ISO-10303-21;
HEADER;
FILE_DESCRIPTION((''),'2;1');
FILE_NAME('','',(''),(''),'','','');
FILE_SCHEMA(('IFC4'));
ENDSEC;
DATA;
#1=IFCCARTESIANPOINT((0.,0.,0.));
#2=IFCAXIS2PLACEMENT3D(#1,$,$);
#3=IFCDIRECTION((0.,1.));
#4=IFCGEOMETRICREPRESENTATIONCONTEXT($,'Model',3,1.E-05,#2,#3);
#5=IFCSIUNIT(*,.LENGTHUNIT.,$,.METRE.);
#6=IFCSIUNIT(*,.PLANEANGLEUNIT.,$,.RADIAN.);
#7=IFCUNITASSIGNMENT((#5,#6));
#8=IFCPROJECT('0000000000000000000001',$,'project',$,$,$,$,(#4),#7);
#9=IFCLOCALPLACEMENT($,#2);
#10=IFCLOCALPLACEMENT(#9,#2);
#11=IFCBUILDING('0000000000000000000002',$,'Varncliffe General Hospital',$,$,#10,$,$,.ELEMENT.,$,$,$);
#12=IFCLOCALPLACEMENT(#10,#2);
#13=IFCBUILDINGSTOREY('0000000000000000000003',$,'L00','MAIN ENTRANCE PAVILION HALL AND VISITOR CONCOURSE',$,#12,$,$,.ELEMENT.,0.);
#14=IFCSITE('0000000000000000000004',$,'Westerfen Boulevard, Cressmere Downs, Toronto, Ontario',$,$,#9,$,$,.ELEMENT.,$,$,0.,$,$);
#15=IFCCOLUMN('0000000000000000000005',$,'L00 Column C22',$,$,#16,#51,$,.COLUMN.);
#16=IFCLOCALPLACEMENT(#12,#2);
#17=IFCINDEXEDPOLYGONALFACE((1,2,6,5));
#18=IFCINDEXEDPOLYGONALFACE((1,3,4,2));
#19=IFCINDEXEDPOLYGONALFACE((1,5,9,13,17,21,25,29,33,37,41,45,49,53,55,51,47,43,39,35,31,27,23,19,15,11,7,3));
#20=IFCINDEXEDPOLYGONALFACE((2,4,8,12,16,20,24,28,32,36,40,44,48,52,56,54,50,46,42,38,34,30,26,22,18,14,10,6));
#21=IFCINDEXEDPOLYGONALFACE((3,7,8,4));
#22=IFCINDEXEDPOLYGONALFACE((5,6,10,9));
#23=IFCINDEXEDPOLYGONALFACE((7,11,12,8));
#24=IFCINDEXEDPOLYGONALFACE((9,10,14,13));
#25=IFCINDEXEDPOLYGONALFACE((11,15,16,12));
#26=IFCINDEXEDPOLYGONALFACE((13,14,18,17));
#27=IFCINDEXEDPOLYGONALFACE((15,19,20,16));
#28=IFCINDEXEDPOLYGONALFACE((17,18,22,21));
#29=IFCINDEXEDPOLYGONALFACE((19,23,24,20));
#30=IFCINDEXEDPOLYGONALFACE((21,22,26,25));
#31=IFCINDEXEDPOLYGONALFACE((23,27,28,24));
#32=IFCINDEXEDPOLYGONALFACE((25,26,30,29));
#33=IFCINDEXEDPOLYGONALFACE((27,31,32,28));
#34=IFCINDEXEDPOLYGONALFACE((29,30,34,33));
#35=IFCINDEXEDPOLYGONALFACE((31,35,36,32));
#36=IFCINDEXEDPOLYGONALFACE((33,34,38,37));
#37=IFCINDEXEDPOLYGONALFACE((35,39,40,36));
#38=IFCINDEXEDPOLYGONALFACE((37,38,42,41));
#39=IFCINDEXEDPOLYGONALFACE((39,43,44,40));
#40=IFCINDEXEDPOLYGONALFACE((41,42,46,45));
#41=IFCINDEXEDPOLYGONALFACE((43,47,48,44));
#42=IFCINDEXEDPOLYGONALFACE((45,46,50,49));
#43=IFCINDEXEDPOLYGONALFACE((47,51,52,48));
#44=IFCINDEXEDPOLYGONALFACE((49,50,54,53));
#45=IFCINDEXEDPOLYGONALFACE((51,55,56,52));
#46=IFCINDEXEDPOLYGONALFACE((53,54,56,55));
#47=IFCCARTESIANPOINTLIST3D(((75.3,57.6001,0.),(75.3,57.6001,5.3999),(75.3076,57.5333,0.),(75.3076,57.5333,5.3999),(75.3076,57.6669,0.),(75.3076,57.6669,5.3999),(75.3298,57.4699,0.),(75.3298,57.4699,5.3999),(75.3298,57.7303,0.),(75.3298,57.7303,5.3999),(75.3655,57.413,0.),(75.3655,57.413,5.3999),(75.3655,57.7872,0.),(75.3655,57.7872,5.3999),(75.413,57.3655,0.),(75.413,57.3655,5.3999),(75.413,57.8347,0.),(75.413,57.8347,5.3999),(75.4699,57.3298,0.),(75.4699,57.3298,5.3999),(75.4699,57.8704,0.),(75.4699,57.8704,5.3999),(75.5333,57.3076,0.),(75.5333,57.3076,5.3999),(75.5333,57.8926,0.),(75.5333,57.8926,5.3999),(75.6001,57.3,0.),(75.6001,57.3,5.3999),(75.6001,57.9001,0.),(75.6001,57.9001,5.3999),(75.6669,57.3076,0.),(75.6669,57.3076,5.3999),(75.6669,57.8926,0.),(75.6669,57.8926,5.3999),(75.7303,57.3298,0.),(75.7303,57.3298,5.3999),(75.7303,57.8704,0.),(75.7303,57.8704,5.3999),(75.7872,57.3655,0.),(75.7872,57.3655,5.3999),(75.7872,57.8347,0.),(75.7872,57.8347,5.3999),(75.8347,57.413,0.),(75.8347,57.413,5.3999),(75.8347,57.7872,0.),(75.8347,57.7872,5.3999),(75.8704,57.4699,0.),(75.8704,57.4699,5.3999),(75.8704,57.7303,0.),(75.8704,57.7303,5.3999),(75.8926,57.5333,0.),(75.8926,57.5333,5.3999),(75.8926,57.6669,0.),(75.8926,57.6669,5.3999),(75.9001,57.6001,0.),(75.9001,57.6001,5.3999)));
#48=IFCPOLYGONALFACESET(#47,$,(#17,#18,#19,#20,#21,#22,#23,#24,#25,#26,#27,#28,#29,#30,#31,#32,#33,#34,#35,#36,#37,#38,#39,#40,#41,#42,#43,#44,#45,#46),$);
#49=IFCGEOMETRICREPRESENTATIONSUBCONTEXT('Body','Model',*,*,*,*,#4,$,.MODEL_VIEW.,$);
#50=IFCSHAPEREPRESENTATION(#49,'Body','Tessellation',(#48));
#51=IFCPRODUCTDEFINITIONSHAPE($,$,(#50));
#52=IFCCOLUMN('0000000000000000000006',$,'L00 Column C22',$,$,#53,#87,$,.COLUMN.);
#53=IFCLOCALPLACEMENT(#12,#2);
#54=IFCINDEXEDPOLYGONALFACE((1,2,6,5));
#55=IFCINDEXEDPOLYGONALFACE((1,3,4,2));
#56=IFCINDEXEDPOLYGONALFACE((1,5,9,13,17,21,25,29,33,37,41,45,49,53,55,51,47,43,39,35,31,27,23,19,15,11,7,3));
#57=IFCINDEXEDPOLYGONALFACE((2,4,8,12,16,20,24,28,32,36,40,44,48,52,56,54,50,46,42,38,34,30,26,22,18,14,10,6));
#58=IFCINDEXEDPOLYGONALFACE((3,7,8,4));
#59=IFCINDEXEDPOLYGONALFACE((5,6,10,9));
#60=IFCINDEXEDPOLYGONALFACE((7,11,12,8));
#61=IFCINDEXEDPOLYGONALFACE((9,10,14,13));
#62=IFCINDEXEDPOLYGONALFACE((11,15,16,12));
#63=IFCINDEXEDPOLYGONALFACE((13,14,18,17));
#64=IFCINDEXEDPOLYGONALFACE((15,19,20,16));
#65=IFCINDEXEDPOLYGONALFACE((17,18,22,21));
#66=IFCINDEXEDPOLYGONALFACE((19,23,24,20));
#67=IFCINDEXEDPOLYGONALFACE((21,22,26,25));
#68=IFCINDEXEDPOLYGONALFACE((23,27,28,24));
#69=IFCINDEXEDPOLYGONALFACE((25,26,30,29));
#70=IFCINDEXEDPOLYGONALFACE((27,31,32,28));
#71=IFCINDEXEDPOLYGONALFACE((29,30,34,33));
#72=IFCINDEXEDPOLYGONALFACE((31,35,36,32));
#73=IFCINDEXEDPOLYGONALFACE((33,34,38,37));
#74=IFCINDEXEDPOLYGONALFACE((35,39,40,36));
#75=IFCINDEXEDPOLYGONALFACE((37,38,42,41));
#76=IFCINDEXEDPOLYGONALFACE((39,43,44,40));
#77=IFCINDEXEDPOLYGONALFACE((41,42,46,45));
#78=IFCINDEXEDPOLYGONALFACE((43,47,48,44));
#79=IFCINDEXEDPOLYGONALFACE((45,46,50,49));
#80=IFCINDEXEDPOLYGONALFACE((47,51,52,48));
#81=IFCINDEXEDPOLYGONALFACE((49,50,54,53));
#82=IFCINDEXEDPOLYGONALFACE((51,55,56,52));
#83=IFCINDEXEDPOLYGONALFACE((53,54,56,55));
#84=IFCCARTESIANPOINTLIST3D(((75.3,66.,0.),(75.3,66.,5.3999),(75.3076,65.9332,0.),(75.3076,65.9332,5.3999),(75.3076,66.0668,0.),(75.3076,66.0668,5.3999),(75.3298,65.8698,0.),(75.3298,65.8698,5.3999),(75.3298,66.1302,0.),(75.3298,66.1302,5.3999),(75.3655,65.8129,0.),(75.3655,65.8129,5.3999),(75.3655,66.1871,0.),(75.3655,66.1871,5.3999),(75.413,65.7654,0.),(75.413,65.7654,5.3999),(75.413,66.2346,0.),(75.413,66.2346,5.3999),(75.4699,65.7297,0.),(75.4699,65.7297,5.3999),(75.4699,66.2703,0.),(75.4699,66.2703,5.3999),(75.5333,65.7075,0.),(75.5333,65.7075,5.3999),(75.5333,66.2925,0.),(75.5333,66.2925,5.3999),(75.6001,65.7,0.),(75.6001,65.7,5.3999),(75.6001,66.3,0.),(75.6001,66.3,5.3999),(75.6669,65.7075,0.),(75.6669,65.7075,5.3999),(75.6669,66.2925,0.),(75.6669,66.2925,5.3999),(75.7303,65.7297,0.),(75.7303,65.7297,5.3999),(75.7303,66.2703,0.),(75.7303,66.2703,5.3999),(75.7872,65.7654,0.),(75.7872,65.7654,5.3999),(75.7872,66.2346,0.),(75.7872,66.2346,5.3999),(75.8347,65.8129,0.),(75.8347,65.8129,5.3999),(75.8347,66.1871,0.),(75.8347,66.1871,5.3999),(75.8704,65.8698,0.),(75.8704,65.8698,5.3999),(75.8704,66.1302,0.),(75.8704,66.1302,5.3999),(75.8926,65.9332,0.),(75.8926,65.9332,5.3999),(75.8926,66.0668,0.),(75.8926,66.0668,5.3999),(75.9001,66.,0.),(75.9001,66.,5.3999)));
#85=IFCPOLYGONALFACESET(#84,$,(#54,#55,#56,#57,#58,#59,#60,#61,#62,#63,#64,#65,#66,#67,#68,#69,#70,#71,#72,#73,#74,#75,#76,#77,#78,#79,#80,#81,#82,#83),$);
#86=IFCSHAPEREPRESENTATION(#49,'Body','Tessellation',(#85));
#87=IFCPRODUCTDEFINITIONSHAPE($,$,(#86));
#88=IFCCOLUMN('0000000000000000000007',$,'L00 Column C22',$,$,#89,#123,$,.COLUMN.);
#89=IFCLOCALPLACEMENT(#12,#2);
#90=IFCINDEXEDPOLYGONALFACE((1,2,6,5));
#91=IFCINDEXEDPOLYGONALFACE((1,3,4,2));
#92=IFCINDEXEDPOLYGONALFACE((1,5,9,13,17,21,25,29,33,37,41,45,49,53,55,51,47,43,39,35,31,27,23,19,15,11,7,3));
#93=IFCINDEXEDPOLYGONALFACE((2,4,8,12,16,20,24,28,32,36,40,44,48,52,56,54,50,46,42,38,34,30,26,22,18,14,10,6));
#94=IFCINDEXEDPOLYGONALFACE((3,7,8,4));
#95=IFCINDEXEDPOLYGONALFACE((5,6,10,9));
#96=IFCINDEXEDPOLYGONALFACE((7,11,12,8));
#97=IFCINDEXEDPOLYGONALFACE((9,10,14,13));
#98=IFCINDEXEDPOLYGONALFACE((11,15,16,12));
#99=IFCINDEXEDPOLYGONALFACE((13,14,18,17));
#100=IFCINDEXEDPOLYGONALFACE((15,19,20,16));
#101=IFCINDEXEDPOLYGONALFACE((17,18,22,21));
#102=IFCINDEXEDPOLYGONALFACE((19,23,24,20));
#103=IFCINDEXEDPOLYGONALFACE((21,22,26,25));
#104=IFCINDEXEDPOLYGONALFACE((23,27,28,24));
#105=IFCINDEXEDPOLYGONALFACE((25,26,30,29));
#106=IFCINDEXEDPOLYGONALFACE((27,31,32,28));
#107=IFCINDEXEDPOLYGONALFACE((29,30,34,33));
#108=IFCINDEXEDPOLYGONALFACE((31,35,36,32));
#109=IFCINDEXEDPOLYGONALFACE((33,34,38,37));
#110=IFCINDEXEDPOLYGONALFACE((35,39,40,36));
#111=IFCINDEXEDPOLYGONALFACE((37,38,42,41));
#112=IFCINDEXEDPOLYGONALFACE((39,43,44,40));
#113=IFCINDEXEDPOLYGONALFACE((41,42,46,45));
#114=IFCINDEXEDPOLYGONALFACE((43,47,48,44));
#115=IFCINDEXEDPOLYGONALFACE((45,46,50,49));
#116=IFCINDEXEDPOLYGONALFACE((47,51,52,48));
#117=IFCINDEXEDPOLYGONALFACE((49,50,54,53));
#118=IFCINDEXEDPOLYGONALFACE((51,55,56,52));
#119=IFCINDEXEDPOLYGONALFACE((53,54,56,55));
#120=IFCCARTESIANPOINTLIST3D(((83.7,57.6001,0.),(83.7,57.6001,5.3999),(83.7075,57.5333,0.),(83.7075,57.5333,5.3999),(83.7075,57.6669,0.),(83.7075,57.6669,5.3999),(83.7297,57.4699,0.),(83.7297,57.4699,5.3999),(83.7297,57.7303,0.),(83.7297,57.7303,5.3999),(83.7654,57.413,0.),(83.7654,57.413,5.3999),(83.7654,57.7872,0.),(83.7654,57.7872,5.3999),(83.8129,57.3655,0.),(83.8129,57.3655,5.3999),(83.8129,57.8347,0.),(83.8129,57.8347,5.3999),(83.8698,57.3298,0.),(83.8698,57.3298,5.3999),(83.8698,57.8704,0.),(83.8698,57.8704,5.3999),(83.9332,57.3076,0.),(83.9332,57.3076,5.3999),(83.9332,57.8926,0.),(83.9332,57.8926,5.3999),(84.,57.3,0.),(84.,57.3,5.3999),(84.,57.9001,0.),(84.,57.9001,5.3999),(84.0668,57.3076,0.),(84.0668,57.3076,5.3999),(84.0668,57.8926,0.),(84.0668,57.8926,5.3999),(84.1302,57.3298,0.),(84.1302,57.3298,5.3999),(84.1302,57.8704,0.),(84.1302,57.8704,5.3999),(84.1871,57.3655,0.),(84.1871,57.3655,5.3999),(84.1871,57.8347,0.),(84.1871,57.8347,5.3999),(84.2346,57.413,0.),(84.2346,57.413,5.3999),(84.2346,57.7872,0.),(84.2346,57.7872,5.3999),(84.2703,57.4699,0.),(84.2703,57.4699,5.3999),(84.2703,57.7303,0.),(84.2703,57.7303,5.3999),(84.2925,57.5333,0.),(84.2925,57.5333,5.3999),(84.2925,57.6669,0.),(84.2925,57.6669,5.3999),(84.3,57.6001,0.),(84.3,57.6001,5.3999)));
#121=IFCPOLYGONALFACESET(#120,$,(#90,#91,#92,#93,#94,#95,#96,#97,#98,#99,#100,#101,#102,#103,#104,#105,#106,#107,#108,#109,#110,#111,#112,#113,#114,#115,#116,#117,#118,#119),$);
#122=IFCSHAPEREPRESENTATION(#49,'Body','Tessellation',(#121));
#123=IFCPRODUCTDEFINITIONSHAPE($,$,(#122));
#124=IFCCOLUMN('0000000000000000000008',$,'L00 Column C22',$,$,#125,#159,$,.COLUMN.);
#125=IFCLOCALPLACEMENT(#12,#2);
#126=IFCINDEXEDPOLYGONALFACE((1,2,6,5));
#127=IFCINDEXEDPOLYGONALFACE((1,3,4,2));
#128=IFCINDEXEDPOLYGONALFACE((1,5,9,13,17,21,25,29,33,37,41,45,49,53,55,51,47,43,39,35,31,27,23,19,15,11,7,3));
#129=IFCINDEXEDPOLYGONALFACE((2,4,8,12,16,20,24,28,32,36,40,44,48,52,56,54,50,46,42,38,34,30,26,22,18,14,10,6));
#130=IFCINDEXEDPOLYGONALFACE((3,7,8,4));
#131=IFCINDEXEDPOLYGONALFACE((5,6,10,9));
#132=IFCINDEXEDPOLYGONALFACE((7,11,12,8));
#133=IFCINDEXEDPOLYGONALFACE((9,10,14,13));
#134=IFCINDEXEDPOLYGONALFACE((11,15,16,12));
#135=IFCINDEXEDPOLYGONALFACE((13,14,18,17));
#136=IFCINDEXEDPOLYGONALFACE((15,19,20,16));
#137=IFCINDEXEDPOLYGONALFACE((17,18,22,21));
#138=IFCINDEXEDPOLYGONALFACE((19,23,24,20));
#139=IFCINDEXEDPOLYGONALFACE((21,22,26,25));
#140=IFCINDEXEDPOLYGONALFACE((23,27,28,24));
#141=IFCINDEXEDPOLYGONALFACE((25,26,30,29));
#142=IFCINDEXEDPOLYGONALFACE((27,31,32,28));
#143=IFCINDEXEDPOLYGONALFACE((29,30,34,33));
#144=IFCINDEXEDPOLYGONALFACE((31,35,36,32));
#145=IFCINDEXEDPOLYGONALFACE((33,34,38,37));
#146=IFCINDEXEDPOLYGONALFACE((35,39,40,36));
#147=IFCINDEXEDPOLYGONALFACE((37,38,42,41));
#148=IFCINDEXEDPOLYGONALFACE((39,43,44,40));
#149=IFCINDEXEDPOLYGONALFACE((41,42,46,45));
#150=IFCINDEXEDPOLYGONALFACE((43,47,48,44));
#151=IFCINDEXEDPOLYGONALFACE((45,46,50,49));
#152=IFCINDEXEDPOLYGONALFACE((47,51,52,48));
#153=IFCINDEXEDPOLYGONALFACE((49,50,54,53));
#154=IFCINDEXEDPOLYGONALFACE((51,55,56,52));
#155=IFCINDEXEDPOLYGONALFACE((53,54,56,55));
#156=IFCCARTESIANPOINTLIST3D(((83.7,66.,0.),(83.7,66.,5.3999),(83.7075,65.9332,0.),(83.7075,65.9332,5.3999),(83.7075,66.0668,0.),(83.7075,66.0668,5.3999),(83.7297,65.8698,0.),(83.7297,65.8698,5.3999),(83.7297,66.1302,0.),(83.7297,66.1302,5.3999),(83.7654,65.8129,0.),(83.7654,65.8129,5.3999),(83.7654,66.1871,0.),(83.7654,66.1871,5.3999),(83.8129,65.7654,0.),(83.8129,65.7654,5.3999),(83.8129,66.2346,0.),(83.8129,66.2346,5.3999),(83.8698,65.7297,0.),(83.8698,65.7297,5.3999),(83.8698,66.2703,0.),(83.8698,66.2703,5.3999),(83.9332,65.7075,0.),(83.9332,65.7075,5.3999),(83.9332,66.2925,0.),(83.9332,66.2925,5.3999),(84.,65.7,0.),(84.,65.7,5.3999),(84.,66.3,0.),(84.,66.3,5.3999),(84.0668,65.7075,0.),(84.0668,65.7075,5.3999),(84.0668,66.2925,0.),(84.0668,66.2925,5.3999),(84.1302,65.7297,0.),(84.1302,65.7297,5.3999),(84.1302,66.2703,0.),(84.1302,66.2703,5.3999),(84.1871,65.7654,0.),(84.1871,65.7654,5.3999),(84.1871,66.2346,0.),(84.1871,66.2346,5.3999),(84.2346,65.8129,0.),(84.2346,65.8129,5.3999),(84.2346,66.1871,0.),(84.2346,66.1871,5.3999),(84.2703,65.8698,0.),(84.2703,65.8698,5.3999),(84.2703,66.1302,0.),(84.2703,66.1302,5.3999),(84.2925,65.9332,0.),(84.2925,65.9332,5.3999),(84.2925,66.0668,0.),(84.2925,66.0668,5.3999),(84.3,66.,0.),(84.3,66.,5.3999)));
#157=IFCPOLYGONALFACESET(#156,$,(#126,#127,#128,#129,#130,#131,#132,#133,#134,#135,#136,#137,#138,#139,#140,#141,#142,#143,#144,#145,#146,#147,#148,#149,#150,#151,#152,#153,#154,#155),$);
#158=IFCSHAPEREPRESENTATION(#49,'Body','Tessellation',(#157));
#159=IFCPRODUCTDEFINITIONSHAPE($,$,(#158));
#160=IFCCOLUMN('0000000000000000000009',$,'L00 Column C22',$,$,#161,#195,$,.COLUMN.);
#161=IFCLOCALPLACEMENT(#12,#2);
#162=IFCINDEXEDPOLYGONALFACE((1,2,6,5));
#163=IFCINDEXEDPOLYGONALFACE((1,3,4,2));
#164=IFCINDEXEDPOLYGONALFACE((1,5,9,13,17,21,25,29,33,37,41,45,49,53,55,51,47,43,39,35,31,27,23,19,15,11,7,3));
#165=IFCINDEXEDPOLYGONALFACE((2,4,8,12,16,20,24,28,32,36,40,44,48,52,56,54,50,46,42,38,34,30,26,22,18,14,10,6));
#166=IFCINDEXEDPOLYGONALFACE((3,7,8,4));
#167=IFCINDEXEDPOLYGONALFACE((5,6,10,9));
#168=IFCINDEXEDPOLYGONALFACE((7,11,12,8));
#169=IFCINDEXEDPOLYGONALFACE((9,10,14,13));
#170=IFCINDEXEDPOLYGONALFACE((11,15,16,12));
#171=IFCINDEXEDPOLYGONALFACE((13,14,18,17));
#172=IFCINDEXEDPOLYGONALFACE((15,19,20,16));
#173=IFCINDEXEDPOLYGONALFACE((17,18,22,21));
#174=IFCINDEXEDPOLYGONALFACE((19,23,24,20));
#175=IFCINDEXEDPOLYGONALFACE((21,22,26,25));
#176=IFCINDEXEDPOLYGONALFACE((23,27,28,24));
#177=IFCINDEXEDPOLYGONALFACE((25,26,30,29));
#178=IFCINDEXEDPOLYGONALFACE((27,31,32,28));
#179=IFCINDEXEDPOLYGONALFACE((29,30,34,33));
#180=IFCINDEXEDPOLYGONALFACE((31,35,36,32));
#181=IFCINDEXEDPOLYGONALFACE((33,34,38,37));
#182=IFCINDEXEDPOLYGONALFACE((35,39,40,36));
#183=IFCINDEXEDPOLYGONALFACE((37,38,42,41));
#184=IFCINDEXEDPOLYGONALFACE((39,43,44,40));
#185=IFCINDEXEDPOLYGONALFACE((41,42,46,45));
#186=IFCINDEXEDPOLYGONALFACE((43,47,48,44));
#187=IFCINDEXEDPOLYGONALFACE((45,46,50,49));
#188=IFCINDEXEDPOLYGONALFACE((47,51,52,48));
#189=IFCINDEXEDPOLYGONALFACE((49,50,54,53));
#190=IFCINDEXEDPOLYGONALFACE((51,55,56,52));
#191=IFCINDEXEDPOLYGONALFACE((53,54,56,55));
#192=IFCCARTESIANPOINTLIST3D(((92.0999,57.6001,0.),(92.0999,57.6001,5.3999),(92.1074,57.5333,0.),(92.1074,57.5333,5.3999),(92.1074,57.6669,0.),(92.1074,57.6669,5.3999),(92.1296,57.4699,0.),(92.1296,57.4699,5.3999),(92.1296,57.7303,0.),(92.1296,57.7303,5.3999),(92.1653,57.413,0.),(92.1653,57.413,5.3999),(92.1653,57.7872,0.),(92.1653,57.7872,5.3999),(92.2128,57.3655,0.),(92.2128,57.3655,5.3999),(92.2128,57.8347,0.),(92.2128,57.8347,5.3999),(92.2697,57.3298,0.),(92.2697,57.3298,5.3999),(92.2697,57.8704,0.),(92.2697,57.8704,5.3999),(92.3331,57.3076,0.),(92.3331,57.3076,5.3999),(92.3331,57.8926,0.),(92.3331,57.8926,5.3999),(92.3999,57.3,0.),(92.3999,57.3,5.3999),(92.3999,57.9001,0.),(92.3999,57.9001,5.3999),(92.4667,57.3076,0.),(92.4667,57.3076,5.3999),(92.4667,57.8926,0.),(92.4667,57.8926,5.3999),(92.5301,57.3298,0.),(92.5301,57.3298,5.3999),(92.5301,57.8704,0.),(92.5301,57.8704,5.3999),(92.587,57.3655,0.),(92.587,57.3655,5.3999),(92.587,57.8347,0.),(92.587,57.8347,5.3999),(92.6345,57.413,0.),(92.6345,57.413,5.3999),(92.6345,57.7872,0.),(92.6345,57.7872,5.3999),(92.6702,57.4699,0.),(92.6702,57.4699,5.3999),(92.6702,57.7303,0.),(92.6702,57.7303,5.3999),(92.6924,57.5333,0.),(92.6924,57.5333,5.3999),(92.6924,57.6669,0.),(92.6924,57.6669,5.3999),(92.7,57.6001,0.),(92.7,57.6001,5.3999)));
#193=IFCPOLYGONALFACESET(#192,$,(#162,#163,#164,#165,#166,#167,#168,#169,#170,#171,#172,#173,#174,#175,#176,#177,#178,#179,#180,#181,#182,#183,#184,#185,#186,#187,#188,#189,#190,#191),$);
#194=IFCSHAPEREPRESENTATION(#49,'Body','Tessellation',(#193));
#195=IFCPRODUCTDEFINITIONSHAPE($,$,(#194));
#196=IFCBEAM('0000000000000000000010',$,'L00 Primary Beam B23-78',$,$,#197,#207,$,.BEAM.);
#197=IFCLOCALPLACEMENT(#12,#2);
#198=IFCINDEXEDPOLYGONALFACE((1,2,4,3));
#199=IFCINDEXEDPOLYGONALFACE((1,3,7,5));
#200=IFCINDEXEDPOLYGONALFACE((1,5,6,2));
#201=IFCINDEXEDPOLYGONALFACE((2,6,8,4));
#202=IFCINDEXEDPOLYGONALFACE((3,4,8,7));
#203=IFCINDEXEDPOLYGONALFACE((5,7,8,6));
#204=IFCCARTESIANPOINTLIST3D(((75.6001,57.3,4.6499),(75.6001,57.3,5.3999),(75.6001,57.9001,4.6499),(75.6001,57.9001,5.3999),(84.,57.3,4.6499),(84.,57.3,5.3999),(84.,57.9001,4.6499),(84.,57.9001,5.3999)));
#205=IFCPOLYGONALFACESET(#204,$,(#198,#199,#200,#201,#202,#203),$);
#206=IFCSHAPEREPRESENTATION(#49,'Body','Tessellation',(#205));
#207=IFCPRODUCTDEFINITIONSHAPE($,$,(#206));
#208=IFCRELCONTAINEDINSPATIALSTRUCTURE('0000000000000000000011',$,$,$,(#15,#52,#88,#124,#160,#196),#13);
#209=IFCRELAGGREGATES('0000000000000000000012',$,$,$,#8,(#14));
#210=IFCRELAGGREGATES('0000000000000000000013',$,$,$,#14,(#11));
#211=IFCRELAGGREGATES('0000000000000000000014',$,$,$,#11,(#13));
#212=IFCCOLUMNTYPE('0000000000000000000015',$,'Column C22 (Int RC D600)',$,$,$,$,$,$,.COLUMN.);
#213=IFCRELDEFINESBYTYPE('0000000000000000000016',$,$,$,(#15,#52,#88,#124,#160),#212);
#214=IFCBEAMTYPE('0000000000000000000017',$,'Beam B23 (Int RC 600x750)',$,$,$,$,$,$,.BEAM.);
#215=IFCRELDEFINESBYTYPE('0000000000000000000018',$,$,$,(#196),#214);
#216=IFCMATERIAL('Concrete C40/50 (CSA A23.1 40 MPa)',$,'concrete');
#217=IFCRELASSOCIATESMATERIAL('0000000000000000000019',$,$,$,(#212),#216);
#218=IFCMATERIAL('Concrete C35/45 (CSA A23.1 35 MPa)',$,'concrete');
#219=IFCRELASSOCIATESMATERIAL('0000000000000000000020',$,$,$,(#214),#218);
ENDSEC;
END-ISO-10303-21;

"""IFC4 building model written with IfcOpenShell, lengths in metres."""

from ifc_helpers import new_model, si_unit, direction, frame, origin, origin_2d, place, context, subcontext, project, spatial, rectangle, circle, extrude, material, material_profile, profile_set, type_object, element, save


model = new_model("IFC4")

# Units and contexts
model_context = context("Model", 3, precision=1e-05, world=origin(), true_north=direction((0.0, 1.0)))
body_context = subcontext(model_context, "Body", "Model", "MODEL_VIEW")
ifc_project = project(units=[si_unit("LENGTHUNIT", "METRE"), si_unit("PLANEANGLEUNIT", "RADIAN")], contexts=[model_context])

# Site, building, storey
site_placement = place(None, origin())
site = spatial("IfcSite", under=ifc_project, at=site_placement, Name="Westerfen Boulevard, Cressmere Downs, Toronto, Ontario", CompositionType="ELEMENT", RefElevation=0.0)
building_placement = place(site_placement, origin())
building = spatial("IfcBuilding", under=site, at=building_placement, Name="Varncliffe General Hospital", CompositionType="ELEMENT")
storey_placement = place(building_placement, origin())
storey = spatial("IfcBuildingStorey", under=building, at=storey_placement, Name="L00", Description="MAIN ENTRANCE PAVILION HALL AND VISITOR CONCOURSE", CompositionType="ELEMENT", Elevation=0.0)

# Columns
ifc_material_1 = material(Name="Concrete C40/50 (CSA A23.1 40 MPa)", Category="concrete")
ifc_material_profile_1 = material_profile(ifc_material_1, circle(Radius=0.3, at=origin_2d()), Name="RC D600")
ifc_profile_set_1 = profile_set([ifc_material_profile_1], Name="Concrete C40/50 (CSA A23.1 40 MPa)")
column_type = type_object("IfcColumnType", Name="Column C22 (Int RC D600)", PredefinedType="COLUMN", material=ifc_profile_set_1)
for number, where, z_axis, x_axis, name in (
    (1, (75.6001, 57.6001, 0.0), (0.0, 0.0, 1.0), (1.0, 0.0, 0.0), "L00 Column C22"),
    (2, (75.6001, 66.0, 0.0), (0.0, 0.0, 1.0), (1.0, 0.0, 0.0), "L00 Column C22"),
    (3, (84.0, 57.6001, 0.0), (0.0, 0.0, 1.0), (1.0, 0.0, 0.0), "L00 Column C22"),
    (4, (84.0, 66.0, 0.0), (0.0, 0.0, 1.0), (1.0, 0.0, 0.0), "L00 Column C22"),
    (5, (92.3999, 57.6001, 0.0), (0.0, 0.0, 1.0), (1.0, 0.0, 0.0), "L00 Column C22"),
):
    element("IfcColumn", number, at=place(storey_placement, frame(where, z_axis=z_axis, x_axis=x_axis)), inside=storey, type_object=column_type, Name=name, PredefinedType="COLUMN", context=body_context, shape_type="SweptSolid", body=[
        extrude(circle(Radius=0.3, at=origin_2d()), origin(), (0.0, 0.0, 1.0), 5.3999),
    ])

# Beam
ifc_material_2 = material(Name="Concrete C35/45 (CSA A23.1 35 MPa)", Category="concrete")
ifc_material_profile_2 = material_profile(ifc_material_2, rectangle(XDim=0.6001, YDim=0.75, at=origin_2d()), Name="RC 600x750")
ifc_profile_set_2 = profile_set([ifc_material_profile_2], Name="Concrete C35/45 (CSA A23.1 35 MPa)")
beam_type_1 = type_object("IfcBeamType", Name="Beam B23 (Int RC 600x750)", PredefinedType="BEAM", material=ifc_profile_set_2)
for number, where, z_axis, x_axis, name in (
    (6, (75.6001, 57.6001, 5.0249), (1.0, 0.0, 0.0), (0.0, 1.0, 0.0), "L00 Primary Beam B23-78"),
):
    element("IfcBeam", number, at=place(storey_placement, frame(where, z_axis=z_axis, x_axis=x_axis)), inside=storey, type_object=beam_type_1, Name=name, PredefinedType="BEAM", context=body_context, shape_type="SweptSolid", body=[
        extrude(rectangle(XDim=0.6001, YDim=0.75, at=origin_2d()), origin(), (0.0, 0.0, 1.0), 8.3999),
    ])

save(model, "model.ifc")
